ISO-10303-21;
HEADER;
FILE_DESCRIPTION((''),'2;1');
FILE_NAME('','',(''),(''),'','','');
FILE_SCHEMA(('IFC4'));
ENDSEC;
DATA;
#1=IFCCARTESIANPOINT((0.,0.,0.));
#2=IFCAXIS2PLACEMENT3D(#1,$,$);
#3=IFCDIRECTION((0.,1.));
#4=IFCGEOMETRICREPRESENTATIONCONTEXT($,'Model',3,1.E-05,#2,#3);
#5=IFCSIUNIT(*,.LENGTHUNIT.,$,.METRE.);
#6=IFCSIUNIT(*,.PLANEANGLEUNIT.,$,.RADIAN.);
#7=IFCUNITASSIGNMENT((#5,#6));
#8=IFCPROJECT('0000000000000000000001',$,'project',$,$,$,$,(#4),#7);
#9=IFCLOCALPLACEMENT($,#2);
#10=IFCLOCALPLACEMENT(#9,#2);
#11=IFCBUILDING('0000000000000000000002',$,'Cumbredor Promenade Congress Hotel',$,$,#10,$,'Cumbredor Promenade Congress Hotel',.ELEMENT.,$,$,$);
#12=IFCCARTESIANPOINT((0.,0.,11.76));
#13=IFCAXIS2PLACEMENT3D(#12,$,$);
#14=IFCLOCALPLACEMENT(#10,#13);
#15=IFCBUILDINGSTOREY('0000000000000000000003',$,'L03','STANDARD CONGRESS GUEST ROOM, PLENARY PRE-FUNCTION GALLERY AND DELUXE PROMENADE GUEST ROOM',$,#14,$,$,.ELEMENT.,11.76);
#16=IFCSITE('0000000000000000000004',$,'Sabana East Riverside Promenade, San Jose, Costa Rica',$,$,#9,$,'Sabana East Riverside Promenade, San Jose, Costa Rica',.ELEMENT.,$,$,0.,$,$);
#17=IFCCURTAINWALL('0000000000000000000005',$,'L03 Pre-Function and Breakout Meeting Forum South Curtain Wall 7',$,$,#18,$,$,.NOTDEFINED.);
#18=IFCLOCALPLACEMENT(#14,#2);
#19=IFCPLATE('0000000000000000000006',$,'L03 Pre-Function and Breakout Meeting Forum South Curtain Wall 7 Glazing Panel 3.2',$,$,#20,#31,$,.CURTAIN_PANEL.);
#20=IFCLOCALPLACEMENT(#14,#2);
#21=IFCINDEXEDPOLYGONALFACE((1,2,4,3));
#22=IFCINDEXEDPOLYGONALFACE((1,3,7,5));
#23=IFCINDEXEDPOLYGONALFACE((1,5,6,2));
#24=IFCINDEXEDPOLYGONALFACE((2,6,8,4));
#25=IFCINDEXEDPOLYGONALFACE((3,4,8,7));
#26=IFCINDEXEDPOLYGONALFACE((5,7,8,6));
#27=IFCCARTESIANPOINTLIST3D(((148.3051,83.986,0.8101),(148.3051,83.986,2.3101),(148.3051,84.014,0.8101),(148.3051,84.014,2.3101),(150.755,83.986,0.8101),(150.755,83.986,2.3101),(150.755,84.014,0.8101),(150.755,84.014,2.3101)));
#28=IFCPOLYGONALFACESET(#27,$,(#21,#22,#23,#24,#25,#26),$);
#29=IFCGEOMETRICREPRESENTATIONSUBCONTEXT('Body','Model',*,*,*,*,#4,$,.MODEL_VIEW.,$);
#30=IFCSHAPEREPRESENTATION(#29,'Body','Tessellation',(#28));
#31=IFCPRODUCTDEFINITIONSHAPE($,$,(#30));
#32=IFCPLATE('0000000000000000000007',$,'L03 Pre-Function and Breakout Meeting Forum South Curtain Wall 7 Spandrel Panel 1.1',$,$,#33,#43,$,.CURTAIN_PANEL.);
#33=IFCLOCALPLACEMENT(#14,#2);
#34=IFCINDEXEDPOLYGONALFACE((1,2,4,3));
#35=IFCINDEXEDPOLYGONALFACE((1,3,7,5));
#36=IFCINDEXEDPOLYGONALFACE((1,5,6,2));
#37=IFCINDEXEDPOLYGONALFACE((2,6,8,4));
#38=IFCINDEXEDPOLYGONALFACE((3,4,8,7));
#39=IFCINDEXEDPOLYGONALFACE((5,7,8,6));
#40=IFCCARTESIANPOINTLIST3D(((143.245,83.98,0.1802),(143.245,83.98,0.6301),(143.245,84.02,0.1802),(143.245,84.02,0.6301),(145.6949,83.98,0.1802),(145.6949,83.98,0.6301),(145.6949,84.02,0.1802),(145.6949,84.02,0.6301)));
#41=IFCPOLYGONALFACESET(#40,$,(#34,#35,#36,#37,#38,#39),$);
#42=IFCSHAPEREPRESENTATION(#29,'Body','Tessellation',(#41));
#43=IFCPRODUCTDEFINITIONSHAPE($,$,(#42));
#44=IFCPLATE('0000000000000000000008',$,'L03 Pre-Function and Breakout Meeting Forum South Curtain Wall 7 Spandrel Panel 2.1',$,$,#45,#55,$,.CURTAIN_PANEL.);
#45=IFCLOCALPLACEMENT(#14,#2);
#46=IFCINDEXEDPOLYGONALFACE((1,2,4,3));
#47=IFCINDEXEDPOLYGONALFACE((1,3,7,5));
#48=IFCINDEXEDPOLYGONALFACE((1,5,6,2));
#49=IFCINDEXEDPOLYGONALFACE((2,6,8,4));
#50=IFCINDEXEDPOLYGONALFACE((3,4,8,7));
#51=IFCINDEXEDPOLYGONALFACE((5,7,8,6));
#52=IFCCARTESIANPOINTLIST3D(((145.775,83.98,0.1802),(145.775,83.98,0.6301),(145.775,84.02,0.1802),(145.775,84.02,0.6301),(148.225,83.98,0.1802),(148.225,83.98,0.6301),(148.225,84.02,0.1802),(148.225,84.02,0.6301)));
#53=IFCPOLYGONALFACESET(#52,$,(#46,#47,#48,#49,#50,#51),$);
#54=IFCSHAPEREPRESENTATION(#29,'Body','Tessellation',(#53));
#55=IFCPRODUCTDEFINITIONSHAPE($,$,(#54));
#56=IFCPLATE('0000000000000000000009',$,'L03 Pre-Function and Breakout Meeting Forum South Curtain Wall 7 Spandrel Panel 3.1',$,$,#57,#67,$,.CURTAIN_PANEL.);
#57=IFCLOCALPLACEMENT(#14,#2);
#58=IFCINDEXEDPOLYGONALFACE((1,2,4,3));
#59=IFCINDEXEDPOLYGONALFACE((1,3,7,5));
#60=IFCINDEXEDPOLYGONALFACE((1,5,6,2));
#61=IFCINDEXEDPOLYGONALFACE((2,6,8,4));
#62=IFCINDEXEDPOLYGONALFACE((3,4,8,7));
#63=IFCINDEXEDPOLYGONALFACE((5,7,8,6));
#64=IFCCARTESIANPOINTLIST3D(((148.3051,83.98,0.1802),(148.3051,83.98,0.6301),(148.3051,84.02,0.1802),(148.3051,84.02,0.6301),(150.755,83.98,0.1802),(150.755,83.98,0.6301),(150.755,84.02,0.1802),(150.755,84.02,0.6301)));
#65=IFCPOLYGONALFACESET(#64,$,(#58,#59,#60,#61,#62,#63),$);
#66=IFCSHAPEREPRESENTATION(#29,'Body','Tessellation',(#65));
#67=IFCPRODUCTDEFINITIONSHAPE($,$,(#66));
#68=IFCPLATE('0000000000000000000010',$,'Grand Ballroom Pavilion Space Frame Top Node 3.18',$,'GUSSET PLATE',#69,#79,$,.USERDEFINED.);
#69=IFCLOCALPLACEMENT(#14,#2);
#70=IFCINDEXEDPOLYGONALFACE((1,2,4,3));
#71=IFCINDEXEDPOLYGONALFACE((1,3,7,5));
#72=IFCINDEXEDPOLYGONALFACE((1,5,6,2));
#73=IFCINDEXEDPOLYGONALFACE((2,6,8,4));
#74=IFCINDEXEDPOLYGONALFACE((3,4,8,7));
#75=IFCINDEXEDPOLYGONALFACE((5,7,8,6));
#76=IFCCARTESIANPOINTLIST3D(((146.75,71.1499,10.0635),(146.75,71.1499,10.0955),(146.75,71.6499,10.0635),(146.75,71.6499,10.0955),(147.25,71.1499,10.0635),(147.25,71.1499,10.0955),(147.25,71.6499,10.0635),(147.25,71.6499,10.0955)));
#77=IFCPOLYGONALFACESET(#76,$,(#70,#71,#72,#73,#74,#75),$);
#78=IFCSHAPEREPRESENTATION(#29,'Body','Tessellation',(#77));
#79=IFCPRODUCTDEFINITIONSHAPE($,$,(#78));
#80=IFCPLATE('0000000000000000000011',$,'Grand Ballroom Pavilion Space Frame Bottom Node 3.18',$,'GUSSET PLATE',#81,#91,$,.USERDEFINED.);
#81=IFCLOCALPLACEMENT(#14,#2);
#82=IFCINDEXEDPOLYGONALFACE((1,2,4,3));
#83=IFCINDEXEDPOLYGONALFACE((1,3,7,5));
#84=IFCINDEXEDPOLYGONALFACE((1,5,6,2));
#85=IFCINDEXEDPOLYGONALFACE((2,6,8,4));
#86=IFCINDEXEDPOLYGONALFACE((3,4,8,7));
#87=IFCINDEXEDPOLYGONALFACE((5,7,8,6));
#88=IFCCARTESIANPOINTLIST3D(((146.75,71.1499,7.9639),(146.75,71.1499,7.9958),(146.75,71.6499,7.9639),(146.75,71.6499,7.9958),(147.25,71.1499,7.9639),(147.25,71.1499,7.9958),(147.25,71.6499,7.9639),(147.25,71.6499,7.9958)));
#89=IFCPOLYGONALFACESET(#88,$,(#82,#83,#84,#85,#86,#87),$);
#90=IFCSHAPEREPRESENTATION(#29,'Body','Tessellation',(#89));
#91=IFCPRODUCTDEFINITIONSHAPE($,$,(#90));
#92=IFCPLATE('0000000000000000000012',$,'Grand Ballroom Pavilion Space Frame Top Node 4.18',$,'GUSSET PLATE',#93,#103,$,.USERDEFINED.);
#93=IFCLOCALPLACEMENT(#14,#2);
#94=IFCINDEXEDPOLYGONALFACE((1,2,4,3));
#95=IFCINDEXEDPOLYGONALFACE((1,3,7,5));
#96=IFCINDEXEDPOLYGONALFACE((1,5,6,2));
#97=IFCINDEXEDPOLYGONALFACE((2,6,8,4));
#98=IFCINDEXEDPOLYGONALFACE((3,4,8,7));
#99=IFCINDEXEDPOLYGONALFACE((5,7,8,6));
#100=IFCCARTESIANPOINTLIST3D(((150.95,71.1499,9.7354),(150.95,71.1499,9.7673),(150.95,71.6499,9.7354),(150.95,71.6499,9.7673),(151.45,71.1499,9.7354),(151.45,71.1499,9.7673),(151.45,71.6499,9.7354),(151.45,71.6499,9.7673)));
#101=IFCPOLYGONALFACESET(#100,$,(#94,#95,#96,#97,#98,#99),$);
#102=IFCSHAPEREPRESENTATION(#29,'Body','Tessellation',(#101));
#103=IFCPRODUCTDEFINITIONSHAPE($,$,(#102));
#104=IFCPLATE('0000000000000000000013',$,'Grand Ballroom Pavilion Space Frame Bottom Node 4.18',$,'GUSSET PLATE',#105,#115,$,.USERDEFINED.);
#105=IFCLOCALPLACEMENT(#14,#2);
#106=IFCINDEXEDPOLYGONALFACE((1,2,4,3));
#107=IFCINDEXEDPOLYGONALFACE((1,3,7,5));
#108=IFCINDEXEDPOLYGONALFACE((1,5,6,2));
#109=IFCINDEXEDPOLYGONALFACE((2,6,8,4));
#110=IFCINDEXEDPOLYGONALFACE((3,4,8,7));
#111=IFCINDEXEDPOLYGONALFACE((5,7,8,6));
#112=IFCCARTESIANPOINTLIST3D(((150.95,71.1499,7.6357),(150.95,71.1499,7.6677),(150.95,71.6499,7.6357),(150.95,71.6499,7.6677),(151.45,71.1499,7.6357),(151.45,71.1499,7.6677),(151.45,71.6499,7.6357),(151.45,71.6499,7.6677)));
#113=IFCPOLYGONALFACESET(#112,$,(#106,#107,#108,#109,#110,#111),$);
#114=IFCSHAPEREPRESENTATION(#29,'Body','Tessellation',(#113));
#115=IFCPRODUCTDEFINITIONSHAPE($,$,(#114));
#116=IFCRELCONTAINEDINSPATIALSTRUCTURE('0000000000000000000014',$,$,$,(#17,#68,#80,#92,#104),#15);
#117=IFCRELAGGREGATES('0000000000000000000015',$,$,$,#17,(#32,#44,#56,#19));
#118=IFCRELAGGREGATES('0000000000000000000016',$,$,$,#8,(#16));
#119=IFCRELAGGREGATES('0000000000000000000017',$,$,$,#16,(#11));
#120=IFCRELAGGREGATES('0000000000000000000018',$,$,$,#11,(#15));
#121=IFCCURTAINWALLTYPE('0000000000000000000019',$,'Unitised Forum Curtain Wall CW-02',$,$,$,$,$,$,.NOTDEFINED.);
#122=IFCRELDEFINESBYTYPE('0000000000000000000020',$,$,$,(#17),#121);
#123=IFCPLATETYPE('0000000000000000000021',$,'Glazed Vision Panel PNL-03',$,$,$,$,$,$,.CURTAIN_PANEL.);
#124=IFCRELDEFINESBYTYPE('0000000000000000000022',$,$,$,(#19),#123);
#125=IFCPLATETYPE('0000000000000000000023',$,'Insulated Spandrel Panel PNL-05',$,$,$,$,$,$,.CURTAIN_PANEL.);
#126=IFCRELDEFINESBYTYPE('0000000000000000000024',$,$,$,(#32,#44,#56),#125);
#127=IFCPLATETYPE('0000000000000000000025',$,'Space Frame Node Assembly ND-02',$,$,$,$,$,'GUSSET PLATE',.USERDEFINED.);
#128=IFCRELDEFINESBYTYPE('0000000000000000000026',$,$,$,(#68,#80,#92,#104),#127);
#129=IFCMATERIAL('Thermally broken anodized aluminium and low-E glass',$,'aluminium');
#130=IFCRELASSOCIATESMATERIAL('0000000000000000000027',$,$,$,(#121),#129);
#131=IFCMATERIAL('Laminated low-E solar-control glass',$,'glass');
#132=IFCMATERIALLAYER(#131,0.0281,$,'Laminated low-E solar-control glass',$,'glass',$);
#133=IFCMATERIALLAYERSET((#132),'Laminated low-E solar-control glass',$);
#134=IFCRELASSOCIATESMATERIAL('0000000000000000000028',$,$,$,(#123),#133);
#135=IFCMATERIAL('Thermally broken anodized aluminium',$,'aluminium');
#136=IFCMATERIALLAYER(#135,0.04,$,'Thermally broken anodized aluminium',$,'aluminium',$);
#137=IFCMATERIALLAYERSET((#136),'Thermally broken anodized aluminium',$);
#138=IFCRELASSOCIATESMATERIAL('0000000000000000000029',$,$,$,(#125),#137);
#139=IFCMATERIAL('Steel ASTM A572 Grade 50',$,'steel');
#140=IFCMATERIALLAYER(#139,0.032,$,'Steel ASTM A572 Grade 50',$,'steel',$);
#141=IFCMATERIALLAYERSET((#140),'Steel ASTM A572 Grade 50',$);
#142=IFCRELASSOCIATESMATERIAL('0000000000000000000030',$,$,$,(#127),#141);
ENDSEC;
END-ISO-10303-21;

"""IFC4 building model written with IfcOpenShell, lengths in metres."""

from ifc_helpers import new_model, si_unit, direction, frame, origin, origin_2d, place, context, subcontext, project, spatial, rectangle, extrude, material, layer, layer_set, type_object, element, aggregate, save


model = new_model("IFC4")

# Units and contexts
model_context = context("Model", 3, precision=1e-05, world=origin(), true_north=direction((0.0, 1.0)))
body_context = subcontext(model_context, "Body", "Model", "MODEL_VIEW")
ifc_project = project(units=[si_unit("LENGTHUNIT", "METRE"), si_unit("PLANEANGLEUNIT", "RADIAN")], contexts=[model_context])

# Site, building, storey
site_placement = place(None, origin())
site = spatial("IfcSite", under=ifc_project, at=site_placement, Name="Sabana East Riverside Promenade, San Jose, Costa Rica", LongName="Sabana East Riverside Promenade, San Jose, Costa Rica", CompositionType="ELEMENT", RefElevation=0.0)
building_placement = place(site_placement, origin())
building = spatial("IfcBuilding", under=site, at=building_placement, Name="Cumbredor Promenade Congress Hotel", LongName="Cumbredor Promenade Congress Hotel", CompositionType="ELEMENT")
storey_placement = place(building_placement, frame((0.0, 0.0, 11.76)))
storey = spatial("IfcBuildingStorey", under=building, at=storey_placement, Name="L03", Description="STANDARD CONGRESS GUEST ROOM, PLENARY PRE-FUNCTION GALLERY AND DELUXE PROMENADE GUEST ROOM", CompositionType="ELEMENT", Elevation=11.76)

# Shared definitions
ifc_material_1 = material(Name="Thermally broken anodized aluminium and low-E glass", Category="aluminium")
curtain_wall_type = type_object("IfcCurtainWallType", Name="Unitised Forum Curtain Wall CW-02", PredefinedType="NOTDEFINED", material=ifc_material_1)
ifc_material_2 = material(Name="Thermally broken anodized aluminium", Category="aluminium")

# Curtain wall
curtain_wall_1_placement = place(storey_placement, origin())
curtain_wall_1 = element("IfcCurtainWall", 1, at=curtain_wall_1_placement, inside=storey, type_object=curtain_wall_type, Name="L03 Pre-Function and Breakout Meeting Forum South Curtain Wall 7", PredefinedType="NOTDEFINED")

# Plates
ifc_material_3 = material(Name="Laminated low-E solar-control glass", Category="glass")
ifc_layer_1 = layer(ifc_material_3, 0.0281, Name="Laminated low-E solar-control glass", Category="glass")
ifc_layer_set_1 = layer_set([ifc_layer_1], Name="Laminated low-E solar-control glass")
plate_type_1 = type_object("IfcPlateType", Name="Glazed Vision Panel PNL-03", PredefinedType="CURTAIN_PANEL", material=ifc_layer_set_1)
plate_1_placement = place(storey_placement, frame((149.53, 84.0, 0.8101), z_axis=(0.0, 0.0, 1.0), x_axis=(1.0, 0.0, 0.0)))
plate_1 = element("IfcPlate", 2, at=plate_1_placement, type_object=plate_type_1, Name="L03 Pre-Function and Breakout Meeting Forum South Curtain Wall 7 Glazing Panel 3.2", PredefinedType="CURTAIN_PANEL", context=body_context, shape_type="SweptSolid", body=[
    extrude(rectangle(XDim=2.45, YDim=0.0281, at=origin_2d()), origin(), (0.0, 0.0, 1.0), 1.5),
])
ifc_layer_2 = layer(ifc_material_2, 0.04, Name="Thermally broken anodized aluminium", Category="aluminium")
ifc_layer_set_2 = layer_set([ifc_layer_2], Name="Thermally broken anodized aluminium")
plate_type_2 = type_object("IfcPlateType", Name="Insulated Spandrel Panel PNL-05", PredefinedType="CURTAIN_PANEL", material=ifc_layer_set_2)
plate_2_placement = place(storey_placement, frame((144.47, 84.0, 0.1802), z_axis=(0.0, 0.0, 1.0), x_axis=(1.0, 0.0, 0.0)))
plate_2 = element("IfcPlate", 3, at=plate_2_placement, type_object=plate_type_2, Name="L03 Pre-Function and Breakout Meeting Forum South Curtain Wall 7 Spandrel Panel 1.1", PredefinedType="CURTAIN_PANEL", context=body_context, shape_type="SweptSolid", body=[
    extrude(rectangle(XDim=2.45, YDim=0.04, at=origin_2d()), origin(), (0.0, 0.0, 1.0), 0.45),
])
plate_3_placement = place(storey_placement, frame((147.0, 84.0, 0.1802), z_axis=(0.0, 0.0, 1.0), x_axis=(1.0, 0.0, 0.0)))
plate_3 = element("IfcPlate", 4, at=plate_3_placement, type_object=plate_type_2, Name="L03 Pre-Function and Breakout Meeting Forum South Curtain Wall 7 Spandrel Panel 2.1", PredefinedType="CURTAIN_PANEL", context=body_context, shape_type="SweptSolid", body=[
    extrude(rectangle(XDim=2.45, YDim=0.04, at=origin_2d()), origin(), (0.0, 0.0, 1.0), 0.45),
])
plate_4_placement = place(storey_placement, frame((149.53, 84.0, 0.1802), z_axis=(0.0, 0.0, 1.0), x_axis=(1.0, 0.0, 0.0)))
plate_4 = element("IfcPlate", 5, at=plate_4_placement, type_object=plate_type_2, Name="L03 Pre-Function and Breakout Meeting Forum South Curtain Wall 7 Spandrel Panel 3.1", PredefinedType="CURTAIN_PANEL", context=body_context, shape_type="SweptSolid", body=[
    extrude(rectangle(XDim=2.45, YDim=0.04, at=origin_2d()), origin(), (0.0, 0.0, 1.0), 0.45),
])
aggregate(curtain_wall_1, [plate_2, plate_3, plate_4, plate_1])

# Plates
ifc_material_4 = material(Name="Steel ASTM A572 Grade 50", Category="steel")
ifc_layer_3 = layer(ifc_material_4, 0.032, Name="Steel ASTM A572 Grade 50", Category="steel")
ifc_layer_set_3 = layer_set([ifc_layer_3], Name="Steel ASTM A572 Grade 50")
plate_type_3 = type_object("IfcPlateType", Name="Space Frame Node Assembly ND-02", ElementType="GUSSET PLATE", PredefinedType="USERDEFINED", material=ifc_layer_set_3)
for number, where, z_axis, x_axis, name in (
    (6, (147.0, 71.3999, 10.0635), (0.0, 0.0, 1.0), (1.0, 0.0, 0.0), "Grand Ballroom Pavilion Space Frame Top Node 3.18"),
    (7, (147.0, 71.3999, 7.9639), (0.0, 0.0, 1.0), (1.0, 0.0, 0.0), "Grand Ballroom Pavilion Space Frame Bottom Node 3.18"),
    (8, (151.2, 71.3999, 9.7354), (0.0, 0.0, 1.0), (1.0, 0.0, 0.0), "Grand Ballroom Pavilion Space Frame Top Node 4.18"),
    (9, (151.2, 71.3999, 7.6357), (0.0, 0.0, 1.0), (1.0, 0.0, 0.0), "Grand Ballroom Pavilion Space Frame Bottom Node 4.18"),
):
    element("IfcPlate", number, at=place(storey_placement, frame(where, z_axis=z_axis, x_axis=x_axis)), inside=storey, type_object=plate_type_3, Name=name, ObjectType="GUSSET PLATE", PredefinedType="USERDEFINED", context=body_context, shape_type="SweptSolid", body=[
        extrude(rectangle(XDim=0.5, YDim=0.5, at=origin_2d()), origin(), (0.0, 0.0, 1.0), 0.032),
    ])

save(model, "model.ifc")
